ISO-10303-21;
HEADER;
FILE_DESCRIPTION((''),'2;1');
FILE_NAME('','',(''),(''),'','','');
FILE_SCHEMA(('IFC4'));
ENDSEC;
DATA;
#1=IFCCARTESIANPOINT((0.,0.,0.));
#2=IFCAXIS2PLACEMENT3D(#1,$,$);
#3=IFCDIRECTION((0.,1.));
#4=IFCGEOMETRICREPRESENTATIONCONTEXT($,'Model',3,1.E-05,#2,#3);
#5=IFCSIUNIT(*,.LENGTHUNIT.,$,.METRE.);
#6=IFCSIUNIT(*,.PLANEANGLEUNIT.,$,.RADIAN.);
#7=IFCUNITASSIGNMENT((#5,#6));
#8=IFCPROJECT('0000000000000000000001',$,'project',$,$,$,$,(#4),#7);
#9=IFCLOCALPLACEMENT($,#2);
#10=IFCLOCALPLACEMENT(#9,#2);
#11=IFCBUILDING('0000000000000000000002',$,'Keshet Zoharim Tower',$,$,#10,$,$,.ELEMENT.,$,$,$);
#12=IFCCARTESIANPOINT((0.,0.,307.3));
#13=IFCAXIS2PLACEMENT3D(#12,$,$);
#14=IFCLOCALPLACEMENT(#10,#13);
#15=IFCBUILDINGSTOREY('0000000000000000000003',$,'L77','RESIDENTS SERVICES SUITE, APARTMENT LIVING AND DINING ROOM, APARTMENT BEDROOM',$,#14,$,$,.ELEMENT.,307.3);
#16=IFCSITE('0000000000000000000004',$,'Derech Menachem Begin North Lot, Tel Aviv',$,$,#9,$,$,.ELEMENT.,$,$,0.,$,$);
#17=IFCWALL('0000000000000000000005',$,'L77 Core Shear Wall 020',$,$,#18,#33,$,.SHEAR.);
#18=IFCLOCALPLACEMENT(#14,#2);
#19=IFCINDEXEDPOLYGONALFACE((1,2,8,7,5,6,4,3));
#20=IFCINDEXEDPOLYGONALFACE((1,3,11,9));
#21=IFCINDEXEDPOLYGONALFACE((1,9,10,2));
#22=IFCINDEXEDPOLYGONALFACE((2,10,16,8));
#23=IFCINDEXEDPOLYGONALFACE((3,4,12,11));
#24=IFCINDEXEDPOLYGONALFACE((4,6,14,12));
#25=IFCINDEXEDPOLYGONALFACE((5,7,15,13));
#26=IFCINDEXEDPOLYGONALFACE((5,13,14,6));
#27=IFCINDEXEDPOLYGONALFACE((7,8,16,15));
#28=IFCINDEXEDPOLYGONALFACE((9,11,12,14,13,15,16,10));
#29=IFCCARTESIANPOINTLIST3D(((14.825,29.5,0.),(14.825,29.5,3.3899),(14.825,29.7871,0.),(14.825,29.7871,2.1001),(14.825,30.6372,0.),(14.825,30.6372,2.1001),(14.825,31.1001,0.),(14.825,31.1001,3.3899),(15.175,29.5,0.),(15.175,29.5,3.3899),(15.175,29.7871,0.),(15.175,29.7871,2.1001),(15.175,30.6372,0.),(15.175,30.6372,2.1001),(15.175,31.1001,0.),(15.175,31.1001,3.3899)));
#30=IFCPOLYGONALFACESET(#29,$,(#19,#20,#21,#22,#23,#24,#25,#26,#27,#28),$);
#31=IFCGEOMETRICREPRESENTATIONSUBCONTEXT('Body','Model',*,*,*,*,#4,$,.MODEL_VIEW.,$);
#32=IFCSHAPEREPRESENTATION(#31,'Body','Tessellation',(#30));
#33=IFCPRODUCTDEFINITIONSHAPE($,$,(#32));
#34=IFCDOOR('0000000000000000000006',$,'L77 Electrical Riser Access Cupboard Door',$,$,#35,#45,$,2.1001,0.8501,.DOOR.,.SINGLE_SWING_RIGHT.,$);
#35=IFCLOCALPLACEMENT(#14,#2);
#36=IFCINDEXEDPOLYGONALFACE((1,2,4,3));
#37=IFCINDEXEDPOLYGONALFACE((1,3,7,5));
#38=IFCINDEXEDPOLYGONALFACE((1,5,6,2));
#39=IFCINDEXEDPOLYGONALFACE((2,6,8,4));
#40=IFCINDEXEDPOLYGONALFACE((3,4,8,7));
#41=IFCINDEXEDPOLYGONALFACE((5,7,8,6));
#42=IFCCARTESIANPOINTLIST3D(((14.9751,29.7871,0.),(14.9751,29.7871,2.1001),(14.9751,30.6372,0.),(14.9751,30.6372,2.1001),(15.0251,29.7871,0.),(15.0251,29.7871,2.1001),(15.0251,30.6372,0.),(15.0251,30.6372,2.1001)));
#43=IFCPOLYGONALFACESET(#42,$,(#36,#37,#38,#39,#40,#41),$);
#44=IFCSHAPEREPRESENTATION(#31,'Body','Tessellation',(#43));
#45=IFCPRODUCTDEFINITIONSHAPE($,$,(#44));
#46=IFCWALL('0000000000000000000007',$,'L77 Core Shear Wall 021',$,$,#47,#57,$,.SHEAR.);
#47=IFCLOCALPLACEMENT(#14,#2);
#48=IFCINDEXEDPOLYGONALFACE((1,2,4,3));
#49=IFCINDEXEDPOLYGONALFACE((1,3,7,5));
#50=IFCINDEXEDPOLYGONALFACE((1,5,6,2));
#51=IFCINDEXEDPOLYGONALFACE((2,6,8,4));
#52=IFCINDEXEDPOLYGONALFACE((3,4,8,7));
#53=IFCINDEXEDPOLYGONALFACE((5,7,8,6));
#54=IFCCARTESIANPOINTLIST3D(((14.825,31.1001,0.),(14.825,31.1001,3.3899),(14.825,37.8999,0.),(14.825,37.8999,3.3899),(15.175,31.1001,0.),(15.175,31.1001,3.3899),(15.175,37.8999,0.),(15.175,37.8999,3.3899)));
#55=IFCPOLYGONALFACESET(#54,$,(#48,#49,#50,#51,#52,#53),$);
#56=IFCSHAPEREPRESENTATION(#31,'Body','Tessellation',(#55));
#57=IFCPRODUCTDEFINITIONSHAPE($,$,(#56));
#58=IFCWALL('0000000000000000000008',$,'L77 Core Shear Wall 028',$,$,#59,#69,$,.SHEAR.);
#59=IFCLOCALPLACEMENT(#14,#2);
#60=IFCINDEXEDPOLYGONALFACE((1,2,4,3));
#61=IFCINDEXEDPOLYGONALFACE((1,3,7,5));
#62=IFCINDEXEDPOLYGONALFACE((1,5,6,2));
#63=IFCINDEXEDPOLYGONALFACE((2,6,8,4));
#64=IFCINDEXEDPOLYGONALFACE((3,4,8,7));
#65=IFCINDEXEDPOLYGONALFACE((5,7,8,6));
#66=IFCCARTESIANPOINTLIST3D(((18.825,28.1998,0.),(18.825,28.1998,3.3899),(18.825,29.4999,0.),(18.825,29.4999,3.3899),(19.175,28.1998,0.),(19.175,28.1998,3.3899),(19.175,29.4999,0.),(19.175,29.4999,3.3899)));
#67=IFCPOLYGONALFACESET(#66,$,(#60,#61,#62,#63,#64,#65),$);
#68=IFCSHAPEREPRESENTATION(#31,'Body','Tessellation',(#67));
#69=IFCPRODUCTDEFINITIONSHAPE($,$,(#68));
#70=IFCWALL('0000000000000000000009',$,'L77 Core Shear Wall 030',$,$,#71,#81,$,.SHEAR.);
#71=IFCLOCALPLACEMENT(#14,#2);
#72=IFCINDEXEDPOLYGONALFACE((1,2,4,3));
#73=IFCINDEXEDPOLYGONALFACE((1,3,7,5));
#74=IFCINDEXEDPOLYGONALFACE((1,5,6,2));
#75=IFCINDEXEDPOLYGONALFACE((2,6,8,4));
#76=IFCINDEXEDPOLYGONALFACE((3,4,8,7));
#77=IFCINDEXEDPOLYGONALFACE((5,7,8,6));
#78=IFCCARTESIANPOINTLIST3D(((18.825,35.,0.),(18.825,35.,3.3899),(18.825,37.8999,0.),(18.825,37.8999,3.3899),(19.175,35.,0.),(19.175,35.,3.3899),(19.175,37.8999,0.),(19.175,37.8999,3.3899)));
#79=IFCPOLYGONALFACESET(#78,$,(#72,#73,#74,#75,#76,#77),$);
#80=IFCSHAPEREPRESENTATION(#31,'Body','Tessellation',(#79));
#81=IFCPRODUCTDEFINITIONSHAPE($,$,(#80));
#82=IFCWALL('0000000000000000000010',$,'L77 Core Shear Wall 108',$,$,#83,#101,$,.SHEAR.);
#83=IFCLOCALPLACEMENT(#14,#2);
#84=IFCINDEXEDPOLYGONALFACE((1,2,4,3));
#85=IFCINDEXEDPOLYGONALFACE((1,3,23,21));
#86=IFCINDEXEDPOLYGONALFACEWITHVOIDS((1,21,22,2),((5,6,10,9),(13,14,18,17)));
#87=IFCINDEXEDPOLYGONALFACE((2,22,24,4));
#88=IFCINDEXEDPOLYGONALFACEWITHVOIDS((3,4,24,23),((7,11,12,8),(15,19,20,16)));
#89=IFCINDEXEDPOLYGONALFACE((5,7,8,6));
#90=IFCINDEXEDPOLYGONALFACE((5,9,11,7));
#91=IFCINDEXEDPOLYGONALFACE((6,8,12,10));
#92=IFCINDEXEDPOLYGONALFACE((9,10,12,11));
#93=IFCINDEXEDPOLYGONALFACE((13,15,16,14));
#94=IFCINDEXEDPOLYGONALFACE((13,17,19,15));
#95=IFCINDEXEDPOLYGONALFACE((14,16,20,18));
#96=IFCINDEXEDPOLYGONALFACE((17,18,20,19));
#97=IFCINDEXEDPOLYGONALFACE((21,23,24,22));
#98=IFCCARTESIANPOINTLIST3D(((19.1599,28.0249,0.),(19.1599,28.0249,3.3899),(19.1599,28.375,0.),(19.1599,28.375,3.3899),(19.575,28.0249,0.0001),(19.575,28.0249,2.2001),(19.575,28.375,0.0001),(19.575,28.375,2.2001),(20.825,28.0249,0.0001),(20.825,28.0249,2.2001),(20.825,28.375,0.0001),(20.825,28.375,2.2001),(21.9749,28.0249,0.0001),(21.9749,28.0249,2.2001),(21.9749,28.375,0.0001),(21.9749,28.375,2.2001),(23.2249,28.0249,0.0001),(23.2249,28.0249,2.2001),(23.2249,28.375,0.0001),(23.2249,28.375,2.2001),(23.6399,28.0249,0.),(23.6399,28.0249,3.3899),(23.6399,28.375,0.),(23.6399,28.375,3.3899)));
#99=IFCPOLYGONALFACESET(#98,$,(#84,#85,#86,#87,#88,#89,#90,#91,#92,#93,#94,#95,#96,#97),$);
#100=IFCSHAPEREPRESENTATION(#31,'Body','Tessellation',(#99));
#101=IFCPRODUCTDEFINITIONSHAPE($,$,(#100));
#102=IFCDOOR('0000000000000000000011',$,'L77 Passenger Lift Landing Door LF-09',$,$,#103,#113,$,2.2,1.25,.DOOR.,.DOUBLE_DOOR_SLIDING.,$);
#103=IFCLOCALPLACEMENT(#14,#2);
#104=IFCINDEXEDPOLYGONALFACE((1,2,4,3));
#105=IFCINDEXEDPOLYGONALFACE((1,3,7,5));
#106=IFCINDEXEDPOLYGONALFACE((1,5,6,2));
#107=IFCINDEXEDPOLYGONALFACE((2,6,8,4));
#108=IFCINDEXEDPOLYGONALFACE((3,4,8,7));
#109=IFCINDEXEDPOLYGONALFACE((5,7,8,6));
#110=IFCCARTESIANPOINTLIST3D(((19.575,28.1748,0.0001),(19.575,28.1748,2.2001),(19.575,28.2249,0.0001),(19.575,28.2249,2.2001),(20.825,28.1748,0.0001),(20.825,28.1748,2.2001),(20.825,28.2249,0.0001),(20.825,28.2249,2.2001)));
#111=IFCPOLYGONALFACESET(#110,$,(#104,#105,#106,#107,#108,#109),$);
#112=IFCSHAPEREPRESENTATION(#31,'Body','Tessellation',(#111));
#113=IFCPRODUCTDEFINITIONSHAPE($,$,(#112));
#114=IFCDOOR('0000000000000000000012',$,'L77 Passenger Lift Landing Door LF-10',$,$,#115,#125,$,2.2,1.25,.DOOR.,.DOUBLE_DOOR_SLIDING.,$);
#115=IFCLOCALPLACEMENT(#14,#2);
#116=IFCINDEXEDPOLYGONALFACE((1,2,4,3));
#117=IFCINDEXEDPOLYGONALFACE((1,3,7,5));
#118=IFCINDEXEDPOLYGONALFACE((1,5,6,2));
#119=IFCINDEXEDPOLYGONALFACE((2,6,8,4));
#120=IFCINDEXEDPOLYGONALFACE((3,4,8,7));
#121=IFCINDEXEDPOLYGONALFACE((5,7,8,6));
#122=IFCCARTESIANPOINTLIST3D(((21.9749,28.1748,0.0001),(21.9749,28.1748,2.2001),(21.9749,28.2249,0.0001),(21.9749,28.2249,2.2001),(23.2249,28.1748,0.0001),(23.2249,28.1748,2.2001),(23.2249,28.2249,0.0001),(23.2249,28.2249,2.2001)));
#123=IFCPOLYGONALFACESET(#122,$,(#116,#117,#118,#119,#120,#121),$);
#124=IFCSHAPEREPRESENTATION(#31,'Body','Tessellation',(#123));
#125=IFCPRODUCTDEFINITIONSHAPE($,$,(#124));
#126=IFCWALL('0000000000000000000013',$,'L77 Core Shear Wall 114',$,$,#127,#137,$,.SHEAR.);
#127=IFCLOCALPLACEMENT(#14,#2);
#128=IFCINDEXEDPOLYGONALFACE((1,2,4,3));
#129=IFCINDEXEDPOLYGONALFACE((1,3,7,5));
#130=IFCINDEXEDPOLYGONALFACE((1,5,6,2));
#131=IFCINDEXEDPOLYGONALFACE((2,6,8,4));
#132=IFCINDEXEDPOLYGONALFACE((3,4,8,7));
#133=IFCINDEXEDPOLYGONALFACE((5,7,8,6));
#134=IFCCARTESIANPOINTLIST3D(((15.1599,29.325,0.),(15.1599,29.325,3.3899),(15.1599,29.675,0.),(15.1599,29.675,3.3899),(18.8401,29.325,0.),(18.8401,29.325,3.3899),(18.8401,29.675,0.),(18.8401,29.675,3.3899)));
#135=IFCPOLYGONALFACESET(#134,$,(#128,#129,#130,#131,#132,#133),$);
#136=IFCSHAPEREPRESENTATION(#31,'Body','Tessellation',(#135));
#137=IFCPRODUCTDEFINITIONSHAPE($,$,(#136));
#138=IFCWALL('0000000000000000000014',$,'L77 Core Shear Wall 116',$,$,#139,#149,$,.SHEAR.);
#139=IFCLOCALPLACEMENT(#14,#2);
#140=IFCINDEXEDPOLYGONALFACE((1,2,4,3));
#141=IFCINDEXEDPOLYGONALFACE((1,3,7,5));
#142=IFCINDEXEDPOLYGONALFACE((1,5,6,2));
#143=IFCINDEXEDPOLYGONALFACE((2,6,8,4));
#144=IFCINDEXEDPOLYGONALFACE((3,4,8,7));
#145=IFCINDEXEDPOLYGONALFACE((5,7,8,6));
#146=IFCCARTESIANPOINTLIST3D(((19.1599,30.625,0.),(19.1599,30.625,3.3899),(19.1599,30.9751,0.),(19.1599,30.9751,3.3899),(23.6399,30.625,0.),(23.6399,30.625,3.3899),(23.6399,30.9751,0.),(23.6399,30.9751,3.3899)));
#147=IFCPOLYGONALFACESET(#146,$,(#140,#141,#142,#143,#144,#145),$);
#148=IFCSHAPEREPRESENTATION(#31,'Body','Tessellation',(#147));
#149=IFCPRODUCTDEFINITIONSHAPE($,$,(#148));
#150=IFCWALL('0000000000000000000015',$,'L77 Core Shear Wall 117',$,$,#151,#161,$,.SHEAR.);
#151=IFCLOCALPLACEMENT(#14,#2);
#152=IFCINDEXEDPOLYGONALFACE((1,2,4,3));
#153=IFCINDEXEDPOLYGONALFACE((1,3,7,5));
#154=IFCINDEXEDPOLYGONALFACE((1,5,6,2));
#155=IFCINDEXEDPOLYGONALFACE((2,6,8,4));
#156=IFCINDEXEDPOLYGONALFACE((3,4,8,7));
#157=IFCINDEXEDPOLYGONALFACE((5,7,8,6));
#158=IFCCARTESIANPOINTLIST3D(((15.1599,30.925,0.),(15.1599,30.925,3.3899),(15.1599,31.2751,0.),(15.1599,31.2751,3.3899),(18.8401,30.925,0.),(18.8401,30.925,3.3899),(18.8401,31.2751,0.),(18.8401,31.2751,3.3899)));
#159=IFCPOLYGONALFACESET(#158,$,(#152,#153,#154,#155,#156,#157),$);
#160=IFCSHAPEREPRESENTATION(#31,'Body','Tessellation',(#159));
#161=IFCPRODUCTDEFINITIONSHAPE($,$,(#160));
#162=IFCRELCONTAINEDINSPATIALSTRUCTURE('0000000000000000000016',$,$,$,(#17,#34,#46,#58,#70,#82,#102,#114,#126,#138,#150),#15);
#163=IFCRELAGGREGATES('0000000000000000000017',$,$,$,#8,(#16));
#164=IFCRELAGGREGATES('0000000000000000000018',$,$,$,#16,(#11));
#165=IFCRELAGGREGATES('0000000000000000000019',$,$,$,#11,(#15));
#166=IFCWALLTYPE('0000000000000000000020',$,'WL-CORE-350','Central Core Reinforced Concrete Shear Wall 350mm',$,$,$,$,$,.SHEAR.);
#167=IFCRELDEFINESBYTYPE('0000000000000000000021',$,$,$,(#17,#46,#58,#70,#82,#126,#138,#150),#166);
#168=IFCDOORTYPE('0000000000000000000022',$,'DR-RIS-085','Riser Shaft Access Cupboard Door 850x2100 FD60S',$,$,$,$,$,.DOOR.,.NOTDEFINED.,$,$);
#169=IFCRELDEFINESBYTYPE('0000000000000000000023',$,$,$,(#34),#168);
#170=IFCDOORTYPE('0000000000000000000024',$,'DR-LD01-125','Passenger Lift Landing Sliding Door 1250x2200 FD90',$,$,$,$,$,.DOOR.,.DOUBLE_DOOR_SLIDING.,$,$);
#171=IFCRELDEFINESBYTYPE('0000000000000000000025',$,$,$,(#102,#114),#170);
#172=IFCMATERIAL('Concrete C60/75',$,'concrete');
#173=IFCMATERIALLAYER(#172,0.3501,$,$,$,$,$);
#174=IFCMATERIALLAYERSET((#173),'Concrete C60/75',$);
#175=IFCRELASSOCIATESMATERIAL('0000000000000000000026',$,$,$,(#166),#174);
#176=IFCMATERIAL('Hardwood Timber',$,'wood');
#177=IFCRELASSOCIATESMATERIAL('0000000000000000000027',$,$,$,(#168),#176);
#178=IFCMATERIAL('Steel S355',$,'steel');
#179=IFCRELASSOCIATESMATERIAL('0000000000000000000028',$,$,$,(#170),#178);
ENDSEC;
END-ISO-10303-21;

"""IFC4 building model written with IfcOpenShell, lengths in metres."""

from ifc_helpers import new_model, si_unit, direction, frame, frame_2d, origin, place, context, subcontext, project, spatial, rectangle, extrude, material, layer, layer_set, type_object, element, fill, save


model = new_model("IFC4")

# Units and contexts
model_context = context("Model", 3, precision=1e-05, world=origin(), true_north=direction((0.0, 1.0)))
body_context = subcontext(model_context, "Body", "Model", "MODEL_VIEW")
ifc_project = project(units=[si_unit("LENGTHUNIT", "METRE"), si_unit("PLANEANGLEUNIT", "RADIAN")], contexts=[model_context])

# Site, building, storey
site_placement = place(None, origin())
site = spatial("IfcSite", under=ifc_project, at=site_placement, Name="Derech Menachem Begin North Lot, Tel Aviv", CompositionType="ELEMENT", RefElevation=0.0)
building_placement = place(site_placement, origin())
building = spatial("IfcBuilding", under=site, at=building_placement, Name="Keshet Zoharim Tower", CompositionType="ELEMENT")
storey_placement = place(building_placement, frame((0.0, 0.0, 307.3)))
storey = spatial("IfcBuildingStorey", under=building, at=storey_placement, Name="L77", Description="RESIDENTS SERVICES SUITE, APARTMENT LIVING AND DINING ROOM, APARTMENT BEDROOM", CompositionType="ELEMENT", Elevation=307.3)

# Wall, opening, door
ifc_material_1 = material(Name="Concrete C60/75", Category="concrete")
ifc_layer_1 = layer(ifc_material_1, 0.3501)
ifc_layer_set_1 = layer_set([ifc_layer_1], Name="Concrete C60/75")
wall_type_1 = type_object("IfcWallType", Name="WL-CORE-350", Description="Central Core Reinforced Concrete Shear Wall 350mm", PredefinedType="SHEAR", material=ifc_layer_set_1)
wall_1_placement = place(storey_placement, frame((15.0, 29.5, 0.0), z_axis=(0.0, 0.0, 1.0), x_axis=(0.0, 1.0, 0.0)))
wall_1 = element("IfcWall", 1, at=wall_1_placement, inside=storey, type_object=wall_type_1, Name="L77 Core Shear Wall 020", PredefinedType="SHEAR", context=body_context, shape_type="SweptSolid", body=[
    extrude(rectangle(XDim=1.6001, YDim=0.3501, at=frame_2d((0.8, 0.0))), origin(), (0.0, 0.0, 1.0), 3.3899),
])
opening_1_placement = place(wall_1_placement, frame((0.2871, 0.0, 0.0)))
opening_1 = element("IfcOpeningElement", 2, at=opening_1_placement, cuts=wall_1, PredefinedType="OPENING", context=body_context, shape_type="SweptSolid", body=[
    extrude(rectangle(XDim=0.8501, YDim=2.1001, at=frame_2d((0.425, 1.05))), frame((0.0, 0.1851, 0.0), z_axis=(0.0, -1.0, 0.0), x_axis=(1.0, 0.0, 0.0)), (0.0, 0.0, 1.0), 0.3701),
])
ifc_material_2 = material(Name="Hardwood Timber", Category="wood")
door_type_1 = type_object("IfcDoorType", Name="DR-RIS-085", Description="Riser Shaft Access Cupboard Door 850x2100 FD60S", OperationType="NOTDEFINED", PredefinedType="DOOR", material=ifc_material_2)
door_1_placement = place(opening_1_placement, origin())
door_1 = element("IfcDoor", 3, at=door_1_placement, inside=storey, type_object=door_type_1, Name="L77 Electrical Riser Access Cupboard Door", OperationType="SINGLE_SWING_RIGHT", OverallHeight=2.1001, OverallWidth=0.8501, PredefinedType="DOOR", context=body_context, shape_type="SweptSolid", body=[
    extrude(rectangle(XDim=0.8501, YDim=2.1001, at=frame_2d((0.425, 1.05))), frame((0.0, 0.0249, 0.0), z_axis=(0.0, -1.0, 0.0), x_axis=(1.0, 0.0, 0.0)), (0.0, 0.0, 1.0), 0.05),
])
fill(opening_1, door_1)

# Walls
wall_2_placement = place(storey_placement, frame((15.0, 31.1001, 0.0), z_axis=(0.0, 0.0, 1.0), x_axis=(0.0, 1.0, 0.0)))
element("IfcWall", 4, at=wall_2_placement, inside=storey, type_object=wall_type_1, Name="L77 Core Shear Wall 021", PredefinedType="SHEAR", context=body_context, shape_type="SweptSolid", body=[
    extrude(rectangle(XDim=6.7998, YDim=0.3501, at=frame_2d((3.3999, 0.0))), origin(), (0.0, 0.0, 1.0), 3.3899),
])
wall_3_placement = place(storey_placement, frame((19.0, 28.2, 0.0), z_axis=(0.0, 0.0, 1.0), x_axis=(0.0, 1.0, 0.0)))
element("IfcWall", 5, at=wall_3_placement, inside=storey, type_object=wall_type_1, Name="L77 Core Shear Wall 028", PredefinedType="SHEAR", context=body_context, shape_type="SweptSolid", body=[
    extrude(rectangle(XDim=1.3, YDim=0.3501, at=frame_2d((0.6499, 0.0))), origin(), (0.0, 0.0, 1.0), 3.3899),
])

# Wall
wall_4_placement = place(storey_placement, frame((19.0, 35.0, 0.0), z_axis=(0.0, 0.0, 1.0), x_axis=(0.0, 1.0, 0.0)))
element("IfcWall", 6, at=wall_4_placement, inside=storey, type_object=wall_type_1, Name="L77 Core Shear Wall 030", PredefinedType="SHEAR", context=body_context, shape_type="SweptSolid", body=[
    extrude(rectangle(XDim=2.8999, YDim=0.3501, at=frame_2d((1.45, 0.0))), origin(), (0.0, 0.0, 1.0), 3.3899),
])

# Wall, openings, doors
wall_5_placement = place(storey_placement, frame((19.1599, 28.2, 0.0), z_axis=(0.0, 0.0, 1.0), x_axis=(1.0, 0.0, 0.0)))
wall_5 = element("IfcWall", 7, at=wall_5_placement, inside=storey, type_object=wall_type_1, Name="L77 Core Shear Wall 108", PredefinedType="SHEAR", context=body_context, shape_type="SweptSolid", body=[
    extrude(rectangle(XDim=4.48, YDim=0.3501, at=frame_2d((2.24, 0.0))), origin(), (0.0, 0.0, 1.0), 3.3899),
])
opening_2_placement = place(wall_5_placement, frame((0.415, 0.0, 0.0)))
opening_2 = element("IfcOpeningElement", 8, at=opening_2_placement, cuts=wall_5, PredefinedType="OPENING", context=body_context, shape_type="SweptSolid", body=[
    extrude(rectangle(XDim=1.25, YDim=2.2, at=frame_2d((0.625, 1.1001))), frame((0.0, 0.1851, 0.0), z_axis=(0.0, -1.0, 0.0), x_axis=(1.0, 0.0, 0.0)), (0.0, 0.0, 1.0), 0.3701),
])
opening_3_placement = place(wall_5_placement, frame((2.8149, 0.0, 0.0)))
opening_3 = element("IfcOpeningElement", 9, at=opening_3_placement, cuts=wall_5, PredefinedType="OPENING", context=body_context, shape_type="SweptSolid", body=[
    extrude(rectangle(XDim=1.25, YDim=2.2, at=frame_2d((0.625, 1.1001))), frame((0.0, 0.1851, 0.0), z_axis=(0.0, -1.0, 0.0), x_axis=(1.0, 0.0, 0.0)), (0.0, 0.0, 1.0), 0.3701),
])
ifc_material_3 = material(Name="Steel S355", Category="steel")
door_type_2 = type_object("IfcDoorType", Name="DR-LD01-125", Description="Passenger Lift Landing Sliding Door 1250x2200 FD90", OperationType="DOUBLE_DOOR_SLIDING", PredefinedType="DOOR", material=ifc_material_3)
door_2_placement = place(opening_2_placement, origin())
door_2 = element("IfcDoor", 10, at=door_2_placement, inside=storey, type_object=door_type_2, Name="L77 Passenger Lift Landing Door LF-09", OperationType="DOUBLE_DOOR_SLIDING", OverallHeight=2.2, OverallWidth=1.25, PredefinedType="DOOR", context=body_context, shape_type="SweptSolid", body=[
    extrude(rectangle(XDim=1.25, YDim=2.2, at=frame_2d((0.625, 1.1001))), frame((0.0, 0.0249, 0.0), z_axis=(0.0, -1.0, 0.0), x_axis=(1.0, 0.0, 0.0)), (0.0, 0.0, 1.0), 0.05),
])
fill(opening_2, door_2)
door_3_placement = place(opening_3_placement, origin())
door_3 = element("IfcDoor", 11, at=door_3_placement, inside=storey, type_object=door_type_2, Name="L77 Passenger Lift Landing Door LF-10", OperationType="DOUBLE_DOOR_SLIDING", OverallHeight=2.2, OverallWidth=1.25, PredefinedType="DOOR", context=body_context, shape_type="SweptSolid", body=[
    extrude(rectangle(XDim=1.25, YDim=2.2, at=frame_2d((0.625, 1.1001))), frame((0.0, 0.0249, 0.0), z_axis=(0.0, -1.0, 0.0), x_axis=(1.0, 0.0, 0.0)), (0.0, 0.0, 1.0), 0.05),
])
fill(opening_3, door_3)

# Walls
wall_6_placement = place(storey_placement, frame((15.1599, 29.5, 0.0), z_axis=(0.0, 0.0, 1.0), x_axis=(1.0, 0.0, 0.0)))
element("IfcWall", 12, at=wall_6_placement, inside=storey, type_object=wall_type_1, Name="L77 Core Shear Wall 114", PredefinedType="SHEAR", context=body_context, shape_type="SweptSolid", body=[
    extrude(rectangle(XDim=3.6802, YDim=0.3501, at=frame_2d((1.8401, 0.0))), origin(), (0.0, 0.0, 1.0), 3.3899),
])
wall_7_placement = place(storey_placement, frame((19.1599, 30.8, 0.0), z_axis=(0.0, 0.0, 1.0), x_axis=(1.0, 0.0, 0.0)))
element("IfcWall", 13, at=wall_7_placement, inside=storey, type_object=wall_type_1, Name="L77 Core Shear Wall 116", PredefinedType="SHEAR", context=body_context, shape_type="SweptSolid", body=[
    extrude(rectangle(XDim=4.48, YDim=0.3501, at=frame_2d((2.24, 0.0))), origin(), (0.0, 0.0, 1.0), 3.3899),
])
wall_8_placement = place(storey_placement, frame((15.1599, 31.1001, 0.0), z_axis=(0.0, 0.0, 1.0), x_axis=(1.0, 0.0, 0.0)))
element("IfcWall", 14, at=wall_8_placement, inside=storey, type_object=wall_type_1, Name="L77 Core Shear Wall 117", PredefinedType="SHEAR", context=body_context, shape_type="SweptSolid", body=[
    extrude(rectangle(XDim=3.6802, YDim=0.3501, at=frame_2d((1.8401, 0.0))), origin(), (0.0, 0.0, 1.0), 3.3899),
])

save(model, "model.ifc")
